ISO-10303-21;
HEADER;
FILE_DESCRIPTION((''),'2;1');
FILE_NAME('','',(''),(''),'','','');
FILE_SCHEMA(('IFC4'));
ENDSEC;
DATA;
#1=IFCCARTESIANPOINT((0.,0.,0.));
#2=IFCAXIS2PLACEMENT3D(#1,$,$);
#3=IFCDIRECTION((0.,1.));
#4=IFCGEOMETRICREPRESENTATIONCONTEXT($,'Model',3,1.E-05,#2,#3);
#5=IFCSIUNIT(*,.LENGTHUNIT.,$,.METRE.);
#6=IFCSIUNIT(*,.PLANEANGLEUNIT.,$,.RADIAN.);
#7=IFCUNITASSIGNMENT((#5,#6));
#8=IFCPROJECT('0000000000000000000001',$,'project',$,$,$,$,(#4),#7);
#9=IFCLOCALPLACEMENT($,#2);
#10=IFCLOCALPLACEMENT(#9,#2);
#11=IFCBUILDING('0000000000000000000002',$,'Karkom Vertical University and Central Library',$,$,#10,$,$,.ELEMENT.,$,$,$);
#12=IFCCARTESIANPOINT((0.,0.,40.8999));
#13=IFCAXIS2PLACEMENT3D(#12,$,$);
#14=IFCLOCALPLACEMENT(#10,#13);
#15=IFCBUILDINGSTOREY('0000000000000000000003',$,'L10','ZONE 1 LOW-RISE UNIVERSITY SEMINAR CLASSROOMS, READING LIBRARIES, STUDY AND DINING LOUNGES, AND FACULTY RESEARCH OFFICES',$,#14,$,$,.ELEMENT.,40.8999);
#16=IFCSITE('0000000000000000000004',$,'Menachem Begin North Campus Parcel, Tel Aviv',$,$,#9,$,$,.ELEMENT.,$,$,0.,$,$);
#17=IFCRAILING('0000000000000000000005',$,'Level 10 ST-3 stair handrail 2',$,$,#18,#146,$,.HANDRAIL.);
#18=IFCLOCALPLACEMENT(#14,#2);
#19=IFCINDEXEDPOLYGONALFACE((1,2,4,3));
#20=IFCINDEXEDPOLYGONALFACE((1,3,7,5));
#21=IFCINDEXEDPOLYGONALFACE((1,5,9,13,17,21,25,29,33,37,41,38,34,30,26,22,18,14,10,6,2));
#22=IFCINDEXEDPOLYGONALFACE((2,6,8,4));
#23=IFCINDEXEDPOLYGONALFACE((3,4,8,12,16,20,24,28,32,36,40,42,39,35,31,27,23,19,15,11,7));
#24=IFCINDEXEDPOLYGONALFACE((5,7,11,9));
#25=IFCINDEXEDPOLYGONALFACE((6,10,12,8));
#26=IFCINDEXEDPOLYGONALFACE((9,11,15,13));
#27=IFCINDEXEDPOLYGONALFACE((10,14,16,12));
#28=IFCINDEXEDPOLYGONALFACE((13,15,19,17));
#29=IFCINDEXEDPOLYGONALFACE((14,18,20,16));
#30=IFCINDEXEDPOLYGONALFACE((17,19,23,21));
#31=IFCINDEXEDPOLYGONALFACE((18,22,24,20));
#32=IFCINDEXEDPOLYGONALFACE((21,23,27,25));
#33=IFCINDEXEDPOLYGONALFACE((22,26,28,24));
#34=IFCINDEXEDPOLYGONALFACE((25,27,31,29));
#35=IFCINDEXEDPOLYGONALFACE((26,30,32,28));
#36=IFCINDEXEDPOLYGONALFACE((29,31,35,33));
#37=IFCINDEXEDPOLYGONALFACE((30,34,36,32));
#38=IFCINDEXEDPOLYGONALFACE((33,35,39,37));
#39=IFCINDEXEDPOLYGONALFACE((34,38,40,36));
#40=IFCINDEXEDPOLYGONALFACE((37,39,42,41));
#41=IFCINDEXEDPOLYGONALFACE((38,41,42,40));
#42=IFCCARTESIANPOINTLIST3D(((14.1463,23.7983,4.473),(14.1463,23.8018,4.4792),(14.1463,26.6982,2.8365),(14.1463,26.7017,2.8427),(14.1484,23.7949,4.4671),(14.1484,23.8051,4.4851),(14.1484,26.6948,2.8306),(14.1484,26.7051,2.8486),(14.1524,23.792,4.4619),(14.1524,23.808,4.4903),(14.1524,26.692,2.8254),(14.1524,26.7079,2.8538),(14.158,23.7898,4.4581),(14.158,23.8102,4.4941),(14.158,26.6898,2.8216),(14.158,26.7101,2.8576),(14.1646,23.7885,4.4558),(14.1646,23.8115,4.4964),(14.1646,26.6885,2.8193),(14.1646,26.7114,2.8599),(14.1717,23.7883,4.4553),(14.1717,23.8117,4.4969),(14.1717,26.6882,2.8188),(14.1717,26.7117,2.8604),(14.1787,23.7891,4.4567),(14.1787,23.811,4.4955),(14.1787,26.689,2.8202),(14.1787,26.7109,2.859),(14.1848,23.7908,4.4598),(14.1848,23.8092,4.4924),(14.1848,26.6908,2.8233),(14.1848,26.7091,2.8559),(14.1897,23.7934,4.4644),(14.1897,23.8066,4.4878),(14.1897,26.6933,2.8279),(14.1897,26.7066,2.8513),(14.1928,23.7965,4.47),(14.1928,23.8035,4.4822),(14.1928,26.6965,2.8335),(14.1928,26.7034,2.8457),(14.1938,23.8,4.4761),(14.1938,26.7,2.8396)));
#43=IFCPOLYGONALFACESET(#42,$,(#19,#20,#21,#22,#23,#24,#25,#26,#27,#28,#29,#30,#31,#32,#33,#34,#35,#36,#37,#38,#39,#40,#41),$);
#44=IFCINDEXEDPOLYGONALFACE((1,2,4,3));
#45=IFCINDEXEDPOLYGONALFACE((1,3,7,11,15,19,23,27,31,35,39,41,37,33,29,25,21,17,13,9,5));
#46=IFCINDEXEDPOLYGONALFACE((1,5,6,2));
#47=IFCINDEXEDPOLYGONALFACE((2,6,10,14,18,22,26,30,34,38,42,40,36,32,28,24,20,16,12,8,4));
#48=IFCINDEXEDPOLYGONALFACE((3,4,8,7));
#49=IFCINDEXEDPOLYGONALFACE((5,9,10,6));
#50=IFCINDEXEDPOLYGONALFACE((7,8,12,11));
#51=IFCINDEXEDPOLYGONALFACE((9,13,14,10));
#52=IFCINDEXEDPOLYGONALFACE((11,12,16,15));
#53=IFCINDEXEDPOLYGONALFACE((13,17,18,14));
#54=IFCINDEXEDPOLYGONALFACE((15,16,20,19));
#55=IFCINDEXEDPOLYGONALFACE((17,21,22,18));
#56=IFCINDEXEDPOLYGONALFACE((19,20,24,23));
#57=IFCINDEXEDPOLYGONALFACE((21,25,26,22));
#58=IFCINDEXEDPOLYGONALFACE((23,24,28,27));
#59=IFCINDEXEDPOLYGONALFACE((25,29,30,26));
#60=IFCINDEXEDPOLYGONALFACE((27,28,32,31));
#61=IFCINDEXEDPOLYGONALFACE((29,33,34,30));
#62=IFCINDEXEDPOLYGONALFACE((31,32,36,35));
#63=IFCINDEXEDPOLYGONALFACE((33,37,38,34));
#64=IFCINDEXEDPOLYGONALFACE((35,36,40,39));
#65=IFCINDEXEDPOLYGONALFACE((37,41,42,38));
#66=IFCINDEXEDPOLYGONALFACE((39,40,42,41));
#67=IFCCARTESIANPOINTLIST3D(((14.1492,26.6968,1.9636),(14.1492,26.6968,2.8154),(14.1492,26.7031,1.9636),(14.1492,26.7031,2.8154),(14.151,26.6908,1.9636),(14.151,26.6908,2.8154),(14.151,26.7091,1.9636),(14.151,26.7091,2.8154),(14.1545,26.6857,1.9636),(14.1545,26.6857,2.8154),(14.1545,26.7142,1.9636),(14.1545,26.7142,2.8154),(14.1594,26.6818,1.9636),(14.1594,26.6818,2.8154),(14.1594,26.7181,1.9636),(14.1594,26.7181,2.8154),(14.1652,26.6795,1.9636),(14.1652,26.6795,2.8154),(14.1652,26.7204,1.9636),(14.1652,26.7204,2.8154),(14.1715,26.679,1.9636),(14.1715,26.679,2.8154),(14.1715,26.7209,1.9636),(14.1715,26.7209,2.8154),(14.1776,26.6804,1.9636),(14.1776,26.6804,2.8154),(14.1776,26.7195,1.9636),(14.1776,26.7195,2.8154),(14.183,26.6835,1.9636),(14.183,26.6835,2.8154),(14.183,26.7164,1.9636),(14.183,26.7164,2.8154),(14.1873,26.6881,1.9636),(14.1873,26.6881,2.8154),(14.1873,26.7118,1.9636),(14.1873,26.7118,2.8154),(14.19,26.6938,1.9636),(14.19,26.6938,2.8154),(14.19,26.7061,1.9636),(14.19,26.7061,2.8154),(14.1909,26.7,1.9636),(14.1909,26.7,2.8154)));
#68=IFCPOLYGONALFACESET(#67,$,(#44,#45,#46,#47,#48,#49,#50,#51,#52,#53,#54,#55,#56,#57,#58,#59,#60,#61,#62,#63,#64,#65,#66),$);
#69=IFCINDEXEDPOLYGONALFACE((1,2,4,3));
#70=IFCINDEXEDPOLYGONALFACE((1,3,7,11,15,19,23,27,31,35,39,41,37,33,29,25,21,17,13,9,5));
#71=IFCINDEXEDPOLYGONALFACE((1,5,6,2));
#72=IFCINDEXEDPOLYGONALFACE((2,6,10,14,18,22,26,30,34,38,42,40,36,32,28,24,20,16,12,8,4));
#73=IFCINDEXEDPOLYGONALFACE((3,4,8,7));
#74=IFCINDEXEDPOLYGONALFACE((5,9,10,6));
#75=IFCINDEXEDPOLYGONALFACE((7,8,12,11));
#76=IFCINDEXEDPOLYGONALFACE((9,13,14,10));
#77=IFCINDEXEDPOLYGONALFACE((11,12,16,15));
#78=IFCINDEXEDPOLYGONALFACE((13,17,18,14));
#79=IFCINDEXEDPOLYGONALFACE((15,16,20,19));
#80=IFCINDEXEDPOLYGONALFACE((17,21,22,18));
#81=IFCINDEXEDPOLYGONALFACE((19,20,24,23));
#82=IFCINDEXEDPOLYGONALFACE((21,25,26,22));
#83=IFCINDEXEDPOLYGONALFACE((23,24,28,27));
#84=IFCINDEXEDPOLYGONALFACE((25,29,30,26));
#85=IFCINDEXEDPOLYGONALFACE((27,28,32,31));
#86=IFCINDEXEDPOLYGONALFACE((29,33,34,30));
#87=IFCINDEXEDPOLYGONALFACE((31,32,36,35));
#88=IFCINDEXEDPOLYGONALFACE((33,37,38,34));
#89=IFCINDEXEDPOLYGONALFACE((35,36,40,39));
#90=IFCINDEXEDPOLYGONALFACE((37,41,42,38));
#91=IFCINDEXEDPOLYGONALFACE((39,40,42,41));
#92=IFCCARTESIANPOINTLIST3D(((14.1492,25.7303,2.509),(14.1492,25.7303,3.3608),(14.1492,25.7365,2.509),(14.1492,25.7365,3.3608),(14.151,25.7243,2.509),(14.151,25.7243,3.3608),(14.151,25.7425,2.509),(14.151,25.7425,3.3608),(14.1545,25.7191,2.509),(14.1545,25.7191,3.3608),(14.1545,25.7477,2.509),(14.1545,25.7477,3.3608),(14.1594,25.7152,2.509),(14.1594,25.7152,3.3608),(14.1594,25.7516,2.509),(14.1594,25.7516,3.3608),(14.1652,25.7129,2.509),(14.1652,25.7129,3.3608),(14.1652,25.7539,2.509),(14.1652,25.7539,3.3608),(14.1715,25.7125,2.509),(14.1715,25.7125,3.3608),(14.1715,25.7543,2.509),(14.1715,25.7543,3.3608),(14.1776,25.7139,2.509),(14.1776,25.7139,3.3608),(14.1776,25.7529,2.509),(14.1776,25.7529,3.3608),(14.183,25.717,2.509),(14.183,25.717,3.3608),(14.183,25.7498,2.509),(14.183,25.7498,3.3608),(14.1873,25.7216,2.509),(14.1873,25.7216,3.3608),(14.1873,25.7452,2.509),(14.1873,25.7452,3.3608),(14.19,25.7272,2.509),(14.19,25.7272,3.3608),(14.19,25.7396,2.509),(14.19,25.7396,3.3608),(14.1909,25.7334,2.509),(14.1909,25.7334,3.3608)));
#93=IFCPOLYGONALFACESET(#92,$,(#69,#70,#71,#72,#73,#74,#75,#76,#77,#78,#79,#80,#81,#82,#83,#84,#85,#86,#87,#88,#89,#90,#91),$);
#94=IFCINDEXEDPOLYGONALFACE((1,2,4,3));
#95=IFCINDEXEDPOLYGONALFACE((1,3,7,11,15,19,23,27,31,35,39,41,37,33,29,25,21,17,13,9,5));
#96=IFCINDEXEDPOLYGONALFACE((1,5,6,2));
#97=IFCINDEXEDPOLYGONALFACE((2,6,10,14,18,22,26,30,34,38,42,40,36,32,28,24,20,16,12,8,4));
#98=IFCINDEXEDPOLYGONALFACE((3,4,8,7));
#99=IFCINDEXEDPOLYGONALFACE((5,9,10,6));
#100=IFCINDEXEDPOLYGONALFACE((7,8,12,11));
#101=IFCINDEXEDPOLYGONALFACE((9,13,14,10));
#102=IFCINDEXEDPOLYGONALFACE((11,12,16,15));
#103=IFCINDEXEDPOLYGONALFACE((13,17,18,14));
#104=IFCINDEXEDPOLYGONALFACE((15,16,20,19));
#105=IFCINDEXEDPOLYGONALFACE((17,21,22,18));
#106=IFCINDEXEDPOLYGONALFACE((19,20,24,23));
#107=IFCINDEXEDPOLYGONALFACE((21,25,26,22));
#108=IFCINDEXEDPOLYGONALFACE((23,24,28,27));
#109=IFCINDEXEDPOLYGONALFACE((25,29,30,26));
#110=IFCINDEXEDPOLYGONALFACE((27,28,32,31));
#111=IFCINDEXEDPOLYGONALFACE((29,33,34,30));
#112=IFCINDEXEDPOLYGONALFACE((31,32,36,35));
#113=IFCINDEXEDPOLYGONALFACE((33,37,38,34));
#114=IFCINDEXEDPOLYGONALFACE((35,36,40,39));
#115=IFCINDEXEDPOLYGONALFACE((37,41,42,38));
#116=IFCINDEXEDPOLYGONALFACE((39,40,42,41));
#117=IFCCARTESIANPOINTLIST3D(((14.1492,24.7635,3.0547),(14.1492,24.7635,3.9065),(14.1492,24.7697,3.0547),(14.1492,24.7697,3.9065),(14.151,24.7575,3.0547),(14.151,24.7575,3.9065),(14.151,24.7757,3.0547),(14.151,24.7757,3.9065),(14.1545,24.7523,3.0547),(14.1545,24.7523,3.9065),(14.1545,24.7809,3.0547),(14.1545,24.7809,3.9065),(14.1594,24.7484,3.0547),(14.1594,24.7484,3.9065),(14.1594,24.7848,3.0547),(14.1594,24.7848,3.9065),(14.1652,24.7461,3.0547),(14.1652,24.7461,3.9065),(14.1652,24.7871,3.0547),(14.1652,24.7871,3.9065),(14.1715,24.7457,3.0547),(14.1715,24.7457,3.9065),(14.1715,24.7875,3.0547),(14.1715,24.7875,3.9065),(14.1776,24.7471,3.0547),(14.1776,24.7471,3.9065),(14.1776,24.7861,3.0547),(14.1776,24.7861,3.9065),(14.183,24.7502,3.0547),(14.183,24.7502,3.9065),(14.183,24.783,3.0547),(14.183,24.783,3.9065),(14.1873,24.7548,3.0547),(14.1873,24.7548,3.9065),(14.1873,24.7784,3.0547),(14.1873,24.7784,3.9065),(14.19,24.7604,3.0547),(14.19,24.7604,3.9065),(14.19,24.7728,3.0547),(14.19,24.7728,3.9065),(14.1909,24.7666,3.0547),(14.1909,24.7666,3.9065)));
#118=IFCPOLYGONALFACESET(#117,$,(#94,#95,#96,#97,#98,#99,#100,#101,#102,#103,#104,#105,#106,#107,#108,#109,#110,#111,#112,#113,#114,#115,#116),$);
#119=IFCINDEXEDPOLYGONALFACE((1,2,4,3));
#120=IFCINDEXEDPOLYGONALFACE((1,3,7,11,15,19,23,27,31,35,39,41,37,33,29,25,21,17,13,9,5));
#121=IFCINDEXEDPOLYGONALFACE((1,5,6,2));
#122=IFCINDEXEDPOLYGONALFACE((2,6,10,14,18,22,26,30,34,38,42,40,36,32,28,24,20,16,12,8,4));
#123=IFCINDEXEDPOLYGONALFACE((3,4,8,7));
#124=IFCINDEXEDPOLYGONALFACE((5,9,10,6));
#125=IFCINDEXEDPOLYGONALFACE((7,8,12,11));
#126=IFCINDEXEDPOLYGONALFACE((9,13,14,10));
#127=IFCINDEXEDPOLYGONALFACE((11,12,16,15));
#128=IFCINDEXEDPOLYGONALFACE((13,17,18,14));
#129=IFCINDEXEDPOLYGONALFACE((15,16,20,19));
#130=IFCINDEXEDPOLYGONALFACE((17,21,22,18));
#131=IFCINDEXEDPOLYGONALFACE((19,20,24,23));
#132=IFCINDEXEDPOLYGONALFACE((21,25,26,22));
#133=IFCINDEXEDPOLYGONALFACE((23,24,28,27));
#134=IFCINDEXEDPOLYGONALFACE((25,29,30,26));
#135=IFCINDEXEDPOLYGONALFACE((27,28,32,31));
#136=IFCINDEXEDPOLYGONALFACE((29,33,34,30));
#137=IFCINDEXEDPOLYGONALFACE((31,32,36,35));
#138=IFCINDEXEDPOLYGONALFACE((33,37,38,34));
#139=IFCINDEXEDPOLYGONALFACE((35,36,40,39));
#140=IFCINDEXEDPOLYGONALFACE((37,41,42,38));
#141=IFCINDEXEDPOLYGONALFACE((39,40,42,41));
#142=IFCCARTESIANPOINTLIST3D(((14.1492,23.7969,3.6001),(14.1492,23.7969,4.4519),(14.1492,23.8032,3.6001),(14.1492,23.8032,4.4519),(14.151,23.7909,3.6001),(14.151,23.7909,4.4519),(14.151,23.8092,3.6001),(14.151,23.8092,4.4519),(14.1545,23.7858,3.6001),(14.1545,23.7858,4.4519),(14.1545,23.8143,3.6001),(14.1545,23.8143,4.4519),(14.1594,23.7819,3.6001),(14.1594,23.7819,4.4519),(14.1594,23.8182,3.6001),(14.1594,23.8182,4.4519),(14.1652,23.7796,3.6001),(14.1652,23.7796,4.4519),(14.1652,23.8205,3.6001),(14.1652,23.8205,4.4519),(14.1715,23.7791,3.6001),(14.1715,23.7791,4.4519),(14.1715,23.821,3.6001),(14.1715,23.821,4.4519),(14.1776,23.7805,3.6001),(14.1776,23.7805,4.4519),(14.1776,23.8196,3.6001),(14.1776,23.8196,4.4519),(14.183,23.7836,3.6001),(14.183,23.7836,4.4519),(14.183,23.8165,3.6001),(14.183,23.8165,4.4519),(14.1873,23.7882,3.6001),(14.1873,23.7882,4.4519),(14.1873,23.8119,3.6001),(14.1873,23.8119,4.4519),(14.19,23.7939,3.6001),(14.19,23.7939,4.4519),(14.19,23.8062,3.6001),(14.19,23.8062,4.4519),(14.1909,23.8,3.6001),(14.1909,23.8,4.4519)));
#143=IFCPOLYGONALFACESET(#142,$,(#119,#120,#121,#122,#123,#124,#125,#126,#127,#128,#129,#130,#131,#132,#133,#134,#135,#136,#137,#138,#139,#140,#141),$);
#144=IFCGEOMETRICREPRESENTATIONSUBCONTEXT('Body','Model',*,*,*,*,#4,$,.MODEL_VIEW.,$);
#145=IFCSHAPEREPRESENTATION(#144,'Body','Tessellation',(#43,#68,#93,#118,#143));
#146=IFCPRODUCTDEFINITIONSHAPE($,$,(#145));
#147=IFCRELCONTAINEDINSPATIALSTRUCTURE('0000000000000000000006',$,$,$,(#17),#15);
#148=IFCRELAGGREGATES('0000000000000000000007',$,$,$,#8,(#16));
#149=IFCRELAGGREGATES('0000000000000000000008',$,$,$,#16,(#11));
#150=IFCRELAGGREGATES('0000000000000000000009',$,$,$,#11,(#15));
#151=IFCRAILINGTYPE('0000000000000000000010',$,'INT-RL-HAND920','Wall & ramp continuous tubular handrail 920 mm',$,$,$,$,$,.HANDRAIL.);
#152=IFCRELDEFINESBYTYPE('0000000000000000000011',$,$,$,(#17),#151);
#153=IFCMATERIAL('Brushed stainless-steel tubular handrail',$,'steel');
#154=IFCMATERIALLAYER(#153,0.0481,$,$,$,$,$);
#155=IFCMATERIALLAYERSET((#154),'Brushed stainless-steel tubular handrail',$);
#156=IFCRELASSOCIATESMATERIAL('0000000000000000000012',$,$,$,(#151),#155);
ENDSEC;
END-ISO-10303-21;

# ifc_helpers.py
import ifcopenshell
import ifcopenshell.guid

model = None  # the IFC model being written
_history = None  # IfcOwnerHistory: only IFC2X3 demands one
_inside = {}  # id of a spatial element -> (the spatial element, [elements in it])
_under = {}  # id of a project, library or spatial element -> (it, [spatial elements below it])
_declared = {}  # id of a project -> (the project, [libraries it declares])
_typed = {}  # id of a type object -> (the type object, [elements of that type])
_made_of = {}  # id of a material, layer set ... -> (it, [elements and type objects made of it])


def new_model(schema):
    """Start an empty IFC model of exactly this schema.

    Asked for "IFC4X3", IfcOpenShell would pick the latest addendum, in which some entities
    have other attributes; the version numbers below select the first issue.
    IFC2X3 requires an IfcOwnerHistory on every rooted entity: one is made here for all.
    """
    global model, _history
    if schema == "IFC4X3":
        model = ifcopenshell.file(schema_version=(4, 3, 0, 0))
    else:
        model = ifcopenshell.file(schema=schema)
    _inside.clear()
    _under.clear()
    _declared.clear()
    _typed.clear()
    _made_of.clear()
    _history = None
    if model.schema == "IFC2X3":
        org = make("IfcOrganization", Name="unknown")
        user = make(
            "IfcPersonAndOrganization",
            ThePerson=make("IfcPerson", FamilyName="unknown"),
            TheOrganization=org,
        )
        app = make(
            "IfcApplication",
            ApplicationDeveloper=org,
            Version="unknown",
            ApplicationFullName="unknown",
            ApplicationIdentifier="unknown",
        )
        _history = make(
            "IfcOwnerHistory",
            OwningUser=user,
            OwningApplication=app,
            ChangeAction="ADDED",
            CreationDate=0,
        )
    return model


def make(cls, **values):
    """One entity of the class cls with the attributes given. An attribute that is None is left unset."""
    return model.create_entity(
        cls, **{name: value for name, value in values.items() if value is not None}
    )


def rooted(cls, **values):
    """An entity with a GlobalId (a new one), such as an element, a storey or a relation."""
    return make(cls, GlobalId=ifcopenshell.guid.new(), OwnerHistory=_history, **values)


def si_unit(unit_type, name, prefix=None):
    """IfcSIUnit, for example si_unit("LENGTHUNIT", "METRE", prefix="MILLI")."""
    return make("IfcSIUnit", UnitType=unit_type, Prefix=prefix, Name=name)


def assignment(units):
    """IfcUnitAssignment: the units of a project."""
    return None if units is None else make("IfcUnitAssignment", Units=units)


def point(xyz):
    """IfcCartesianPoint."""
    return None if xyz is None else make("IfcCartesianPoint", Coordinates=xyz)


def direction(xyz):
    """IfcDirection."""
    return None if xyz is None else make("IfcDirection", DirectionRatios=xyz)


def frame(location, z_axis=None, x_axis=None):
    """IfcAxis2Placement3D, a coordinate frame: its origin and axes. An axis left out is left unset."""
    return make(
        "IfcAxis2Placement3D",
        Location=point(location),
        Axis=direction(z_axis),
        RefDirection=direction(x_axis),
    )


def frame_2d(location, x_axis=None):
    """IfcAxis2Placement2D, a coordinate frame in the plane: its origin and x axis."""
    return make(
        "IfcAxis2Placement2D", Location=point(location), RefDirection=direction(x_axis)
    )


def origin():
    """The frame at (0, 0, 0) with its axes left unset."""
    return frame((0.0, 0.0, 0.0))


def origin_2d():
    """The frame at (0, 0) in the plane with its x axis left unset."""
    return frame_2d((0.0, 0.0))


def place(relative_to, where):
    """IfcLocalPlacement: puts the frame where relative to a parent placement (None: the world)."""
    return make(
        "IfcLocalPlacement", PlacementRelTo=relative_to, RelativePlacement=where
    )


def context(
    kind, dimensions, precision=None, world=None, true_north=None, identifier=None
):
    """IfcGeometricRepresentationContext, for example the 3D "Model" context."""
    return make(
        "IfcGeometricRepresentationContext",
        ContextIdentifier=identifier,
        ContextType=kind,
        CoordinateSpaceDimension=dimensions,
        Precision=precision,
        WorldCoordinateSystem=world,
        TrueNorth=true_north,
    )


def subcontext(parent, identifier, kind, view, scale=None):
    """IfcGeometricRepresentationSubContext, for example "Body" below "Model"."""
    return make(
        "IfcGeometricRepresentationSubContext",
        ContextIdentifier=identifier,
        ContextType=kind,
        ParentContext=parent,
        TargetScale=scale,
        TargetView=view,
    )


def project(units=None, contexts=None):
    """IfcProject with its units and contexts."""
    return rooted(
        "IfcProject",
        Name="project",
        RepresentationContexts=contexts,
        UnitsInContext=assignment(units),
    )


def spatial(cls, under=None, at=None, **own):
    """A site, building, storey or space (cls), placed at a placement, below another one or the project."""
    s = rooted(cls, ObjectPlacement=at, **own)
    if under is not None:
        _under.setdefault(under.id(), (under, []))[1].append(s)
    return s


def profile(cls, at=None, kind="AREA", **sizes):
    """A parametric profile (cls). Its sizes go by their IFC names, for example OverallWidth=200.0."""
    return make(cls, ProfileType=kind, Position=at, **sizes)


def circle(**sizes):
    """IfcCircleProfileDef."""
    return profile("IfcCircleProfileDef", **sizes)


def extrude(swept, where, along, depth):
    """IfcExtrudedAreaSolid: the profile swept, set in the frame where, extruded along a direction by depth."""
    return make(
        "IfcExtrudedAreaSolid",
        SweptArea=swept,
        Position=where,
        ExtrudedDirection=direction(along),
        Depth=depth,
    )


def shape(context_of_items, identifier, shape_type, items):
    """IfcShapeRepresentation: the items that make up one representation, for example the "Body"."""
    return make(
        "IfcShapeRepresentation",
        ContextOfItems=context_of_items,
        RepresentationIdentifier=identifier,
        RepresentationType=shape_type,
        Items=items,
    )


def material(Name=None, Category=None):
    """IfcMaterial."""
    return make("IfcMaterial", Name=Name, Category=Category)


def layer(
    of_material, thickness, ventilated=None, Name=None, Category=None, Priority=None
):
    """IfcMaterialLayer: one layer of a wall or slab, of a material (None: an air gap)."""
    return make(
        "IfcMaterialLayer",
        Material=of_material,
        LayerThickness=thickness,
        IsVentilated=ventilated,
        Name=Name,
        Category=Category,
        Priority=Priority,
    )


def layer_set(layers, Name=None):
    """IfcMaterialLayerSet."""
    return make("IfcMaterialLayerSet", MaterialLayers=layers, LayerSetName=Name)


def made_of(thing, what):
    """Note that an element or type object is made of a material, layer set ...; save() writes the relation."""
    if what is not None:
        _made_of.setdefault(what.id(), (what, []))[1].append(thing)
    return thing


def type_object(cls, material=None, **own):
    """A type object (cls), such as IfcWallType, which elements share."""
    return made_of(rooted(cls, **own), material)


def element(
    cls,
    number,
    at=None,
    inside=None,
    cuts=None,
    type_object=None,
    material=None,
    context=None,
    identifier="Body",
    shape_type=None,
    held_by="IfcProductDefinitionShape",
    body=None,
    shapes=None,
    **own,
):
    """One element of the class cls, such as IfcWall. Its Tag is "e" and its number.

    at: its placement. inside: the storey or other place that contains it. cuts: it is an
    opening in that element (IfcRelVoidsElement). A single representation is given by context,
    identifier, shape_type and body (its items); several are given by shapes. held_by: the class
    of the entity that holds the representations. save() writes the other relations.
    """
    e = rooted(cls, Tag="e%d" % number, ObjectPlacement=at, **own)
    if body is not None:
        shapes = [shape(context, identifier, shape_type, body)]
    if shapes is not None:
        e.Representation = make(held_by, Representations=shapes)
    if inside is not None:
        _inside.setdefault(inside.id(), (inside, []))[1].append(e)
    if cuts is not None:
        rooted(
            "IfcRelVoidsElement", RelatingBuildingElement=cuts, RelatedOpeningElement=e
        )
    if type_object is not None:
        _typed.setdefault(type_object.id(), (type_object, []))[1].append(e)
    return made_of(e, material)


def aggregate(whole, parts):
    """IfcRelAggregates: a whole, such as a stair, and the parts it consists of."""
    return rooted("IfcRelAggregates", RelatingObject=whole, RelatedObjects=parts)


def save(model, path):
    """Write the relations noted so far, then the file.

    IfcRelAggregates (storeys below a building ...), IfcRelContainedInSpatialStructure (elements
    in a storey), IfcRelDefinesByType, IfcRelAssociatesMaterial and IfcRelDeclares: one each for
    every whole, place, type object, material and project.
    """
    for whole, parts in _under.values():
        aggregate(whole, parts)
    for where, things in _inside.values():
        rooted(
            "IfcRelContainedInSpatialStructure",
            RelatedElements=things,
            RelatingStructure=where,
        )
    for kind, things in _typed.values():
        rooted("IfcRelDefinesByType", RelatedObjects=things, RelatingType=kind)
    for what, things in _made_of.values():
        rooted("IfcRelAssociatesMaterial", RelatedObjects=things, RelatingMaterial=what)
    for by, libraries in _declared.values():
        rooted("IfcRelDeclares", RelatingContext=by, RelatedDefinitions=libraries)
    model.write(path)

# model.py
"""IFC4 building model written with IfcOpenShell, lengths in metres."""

from ifc_helpers import new_model, si_unit, direction, frame, origin, origin_2d, place, context, subcontext, project, spatial, circle, extrude, material, layer, layer_set, type_object, element, save


model = new_model("IFC4")

# Units and contexts
model_context = context("Model", 3, precision=1e-05, world=origin(), true_north=direction((0.0, 1.0)))
body_context = subcontext(model_context, "Body", "Model", "MODEL_VIEW")
ifc_project = project(units=[si_unit("LENGTHUNIT", "METRE"), si_unit("PLANEANGLEUNIT", "RADIAN")], contexts=[model_context])

# Site, building, storey
site_placement = place(None, origin())
site = spatial("IfcSite", under=ifc_project, at=site_placement, Name="Menachem Begin North Campus Parcel, Tel Aviv", CompositionType="ELEMENT", RefElevation=0.0)
building_placement = place(site_placement, origin())
building = spatial("IfcBuilding", under=site, at=building_placement, Name="Karkom Vertical University and Central Library", CompositionType="ELEMENT")
storey_placement = place(building_placement, frame((0.0, 0.0, 40.8999)))
storey = spatial("IfcBuildingStorey", under=building, at=storey_placement, Name="L10", Description="ZONE 1 LOW-RISE UNIVERSITY SEMINAR CLASSROOMS, READING LIBRARIES, STUDY AND DINING LOUNGES, AND FACULTY RESEARCH OFFICES", CompositionType="ELEMENT", Elevation=40.8999)

# Railing
ifc_material_1 = material(Name="Brushed stainless-steel tubular handrail", Category="steel")
ifc_layer_1 = layer(ifc_material_1, 0.0481)
ifc_layer_set_1 = layer_set([ifc_layer_1], Name="Brushed stainless-steel tubular handrail")
railing_type_1 = type_object("IfcRailingType", Name="INT-RL-HAND920", Description="Wall & ramp continuous tubular handrail 920 mm", PredefinedType="HANDRAIL", material=ifc_layer_set_1)
railing_1_placement = place(storey_placement, frame((14.1699, 26.7, 1.9636)))
element("IfcRailing", 1, at=railing_1_placement, inside=storey, type_object=railing_type_1, Name="Level 10 ST-3 stair handrail 2", PredefinedType="HANDRAIL", context=body_context, shape_type="SweptSolid", body=[
    extrude(circle(Radius=0.0239, at=origin_2d()), frame((0.0, 0.0, 0.876), z_axis=(0.0, -0.870897, 0.491465), x_axis=(1.0, 0.0, 0.0)), (0.0, 0.0, 1.0), 3.3298),
    extrude(circle(Radius=0.021, at=origin_2d()), origin(), (0.0, 0.0, 1.0), 0.8518),
    extrude(circle(Radius=0.021, at=origin_2d()), frame((0.0, -0.9666, 0.5454)), (0.0, 0.0, 1.0), 0.8518),
    extrude(circle(Radius=0.021, at=origin_2d()), frame((0.0, -1.9333, 1.0911)), (0.0, 0.0, 1.0), 0.8518),
    extrude(circle(Radius=0.021, at=origin_2d()), frame((0.0, -2.8999, 1.6365)), (0.0, 0.0, 1.0), 0.8518),
])

save(model, "model.ifc")
